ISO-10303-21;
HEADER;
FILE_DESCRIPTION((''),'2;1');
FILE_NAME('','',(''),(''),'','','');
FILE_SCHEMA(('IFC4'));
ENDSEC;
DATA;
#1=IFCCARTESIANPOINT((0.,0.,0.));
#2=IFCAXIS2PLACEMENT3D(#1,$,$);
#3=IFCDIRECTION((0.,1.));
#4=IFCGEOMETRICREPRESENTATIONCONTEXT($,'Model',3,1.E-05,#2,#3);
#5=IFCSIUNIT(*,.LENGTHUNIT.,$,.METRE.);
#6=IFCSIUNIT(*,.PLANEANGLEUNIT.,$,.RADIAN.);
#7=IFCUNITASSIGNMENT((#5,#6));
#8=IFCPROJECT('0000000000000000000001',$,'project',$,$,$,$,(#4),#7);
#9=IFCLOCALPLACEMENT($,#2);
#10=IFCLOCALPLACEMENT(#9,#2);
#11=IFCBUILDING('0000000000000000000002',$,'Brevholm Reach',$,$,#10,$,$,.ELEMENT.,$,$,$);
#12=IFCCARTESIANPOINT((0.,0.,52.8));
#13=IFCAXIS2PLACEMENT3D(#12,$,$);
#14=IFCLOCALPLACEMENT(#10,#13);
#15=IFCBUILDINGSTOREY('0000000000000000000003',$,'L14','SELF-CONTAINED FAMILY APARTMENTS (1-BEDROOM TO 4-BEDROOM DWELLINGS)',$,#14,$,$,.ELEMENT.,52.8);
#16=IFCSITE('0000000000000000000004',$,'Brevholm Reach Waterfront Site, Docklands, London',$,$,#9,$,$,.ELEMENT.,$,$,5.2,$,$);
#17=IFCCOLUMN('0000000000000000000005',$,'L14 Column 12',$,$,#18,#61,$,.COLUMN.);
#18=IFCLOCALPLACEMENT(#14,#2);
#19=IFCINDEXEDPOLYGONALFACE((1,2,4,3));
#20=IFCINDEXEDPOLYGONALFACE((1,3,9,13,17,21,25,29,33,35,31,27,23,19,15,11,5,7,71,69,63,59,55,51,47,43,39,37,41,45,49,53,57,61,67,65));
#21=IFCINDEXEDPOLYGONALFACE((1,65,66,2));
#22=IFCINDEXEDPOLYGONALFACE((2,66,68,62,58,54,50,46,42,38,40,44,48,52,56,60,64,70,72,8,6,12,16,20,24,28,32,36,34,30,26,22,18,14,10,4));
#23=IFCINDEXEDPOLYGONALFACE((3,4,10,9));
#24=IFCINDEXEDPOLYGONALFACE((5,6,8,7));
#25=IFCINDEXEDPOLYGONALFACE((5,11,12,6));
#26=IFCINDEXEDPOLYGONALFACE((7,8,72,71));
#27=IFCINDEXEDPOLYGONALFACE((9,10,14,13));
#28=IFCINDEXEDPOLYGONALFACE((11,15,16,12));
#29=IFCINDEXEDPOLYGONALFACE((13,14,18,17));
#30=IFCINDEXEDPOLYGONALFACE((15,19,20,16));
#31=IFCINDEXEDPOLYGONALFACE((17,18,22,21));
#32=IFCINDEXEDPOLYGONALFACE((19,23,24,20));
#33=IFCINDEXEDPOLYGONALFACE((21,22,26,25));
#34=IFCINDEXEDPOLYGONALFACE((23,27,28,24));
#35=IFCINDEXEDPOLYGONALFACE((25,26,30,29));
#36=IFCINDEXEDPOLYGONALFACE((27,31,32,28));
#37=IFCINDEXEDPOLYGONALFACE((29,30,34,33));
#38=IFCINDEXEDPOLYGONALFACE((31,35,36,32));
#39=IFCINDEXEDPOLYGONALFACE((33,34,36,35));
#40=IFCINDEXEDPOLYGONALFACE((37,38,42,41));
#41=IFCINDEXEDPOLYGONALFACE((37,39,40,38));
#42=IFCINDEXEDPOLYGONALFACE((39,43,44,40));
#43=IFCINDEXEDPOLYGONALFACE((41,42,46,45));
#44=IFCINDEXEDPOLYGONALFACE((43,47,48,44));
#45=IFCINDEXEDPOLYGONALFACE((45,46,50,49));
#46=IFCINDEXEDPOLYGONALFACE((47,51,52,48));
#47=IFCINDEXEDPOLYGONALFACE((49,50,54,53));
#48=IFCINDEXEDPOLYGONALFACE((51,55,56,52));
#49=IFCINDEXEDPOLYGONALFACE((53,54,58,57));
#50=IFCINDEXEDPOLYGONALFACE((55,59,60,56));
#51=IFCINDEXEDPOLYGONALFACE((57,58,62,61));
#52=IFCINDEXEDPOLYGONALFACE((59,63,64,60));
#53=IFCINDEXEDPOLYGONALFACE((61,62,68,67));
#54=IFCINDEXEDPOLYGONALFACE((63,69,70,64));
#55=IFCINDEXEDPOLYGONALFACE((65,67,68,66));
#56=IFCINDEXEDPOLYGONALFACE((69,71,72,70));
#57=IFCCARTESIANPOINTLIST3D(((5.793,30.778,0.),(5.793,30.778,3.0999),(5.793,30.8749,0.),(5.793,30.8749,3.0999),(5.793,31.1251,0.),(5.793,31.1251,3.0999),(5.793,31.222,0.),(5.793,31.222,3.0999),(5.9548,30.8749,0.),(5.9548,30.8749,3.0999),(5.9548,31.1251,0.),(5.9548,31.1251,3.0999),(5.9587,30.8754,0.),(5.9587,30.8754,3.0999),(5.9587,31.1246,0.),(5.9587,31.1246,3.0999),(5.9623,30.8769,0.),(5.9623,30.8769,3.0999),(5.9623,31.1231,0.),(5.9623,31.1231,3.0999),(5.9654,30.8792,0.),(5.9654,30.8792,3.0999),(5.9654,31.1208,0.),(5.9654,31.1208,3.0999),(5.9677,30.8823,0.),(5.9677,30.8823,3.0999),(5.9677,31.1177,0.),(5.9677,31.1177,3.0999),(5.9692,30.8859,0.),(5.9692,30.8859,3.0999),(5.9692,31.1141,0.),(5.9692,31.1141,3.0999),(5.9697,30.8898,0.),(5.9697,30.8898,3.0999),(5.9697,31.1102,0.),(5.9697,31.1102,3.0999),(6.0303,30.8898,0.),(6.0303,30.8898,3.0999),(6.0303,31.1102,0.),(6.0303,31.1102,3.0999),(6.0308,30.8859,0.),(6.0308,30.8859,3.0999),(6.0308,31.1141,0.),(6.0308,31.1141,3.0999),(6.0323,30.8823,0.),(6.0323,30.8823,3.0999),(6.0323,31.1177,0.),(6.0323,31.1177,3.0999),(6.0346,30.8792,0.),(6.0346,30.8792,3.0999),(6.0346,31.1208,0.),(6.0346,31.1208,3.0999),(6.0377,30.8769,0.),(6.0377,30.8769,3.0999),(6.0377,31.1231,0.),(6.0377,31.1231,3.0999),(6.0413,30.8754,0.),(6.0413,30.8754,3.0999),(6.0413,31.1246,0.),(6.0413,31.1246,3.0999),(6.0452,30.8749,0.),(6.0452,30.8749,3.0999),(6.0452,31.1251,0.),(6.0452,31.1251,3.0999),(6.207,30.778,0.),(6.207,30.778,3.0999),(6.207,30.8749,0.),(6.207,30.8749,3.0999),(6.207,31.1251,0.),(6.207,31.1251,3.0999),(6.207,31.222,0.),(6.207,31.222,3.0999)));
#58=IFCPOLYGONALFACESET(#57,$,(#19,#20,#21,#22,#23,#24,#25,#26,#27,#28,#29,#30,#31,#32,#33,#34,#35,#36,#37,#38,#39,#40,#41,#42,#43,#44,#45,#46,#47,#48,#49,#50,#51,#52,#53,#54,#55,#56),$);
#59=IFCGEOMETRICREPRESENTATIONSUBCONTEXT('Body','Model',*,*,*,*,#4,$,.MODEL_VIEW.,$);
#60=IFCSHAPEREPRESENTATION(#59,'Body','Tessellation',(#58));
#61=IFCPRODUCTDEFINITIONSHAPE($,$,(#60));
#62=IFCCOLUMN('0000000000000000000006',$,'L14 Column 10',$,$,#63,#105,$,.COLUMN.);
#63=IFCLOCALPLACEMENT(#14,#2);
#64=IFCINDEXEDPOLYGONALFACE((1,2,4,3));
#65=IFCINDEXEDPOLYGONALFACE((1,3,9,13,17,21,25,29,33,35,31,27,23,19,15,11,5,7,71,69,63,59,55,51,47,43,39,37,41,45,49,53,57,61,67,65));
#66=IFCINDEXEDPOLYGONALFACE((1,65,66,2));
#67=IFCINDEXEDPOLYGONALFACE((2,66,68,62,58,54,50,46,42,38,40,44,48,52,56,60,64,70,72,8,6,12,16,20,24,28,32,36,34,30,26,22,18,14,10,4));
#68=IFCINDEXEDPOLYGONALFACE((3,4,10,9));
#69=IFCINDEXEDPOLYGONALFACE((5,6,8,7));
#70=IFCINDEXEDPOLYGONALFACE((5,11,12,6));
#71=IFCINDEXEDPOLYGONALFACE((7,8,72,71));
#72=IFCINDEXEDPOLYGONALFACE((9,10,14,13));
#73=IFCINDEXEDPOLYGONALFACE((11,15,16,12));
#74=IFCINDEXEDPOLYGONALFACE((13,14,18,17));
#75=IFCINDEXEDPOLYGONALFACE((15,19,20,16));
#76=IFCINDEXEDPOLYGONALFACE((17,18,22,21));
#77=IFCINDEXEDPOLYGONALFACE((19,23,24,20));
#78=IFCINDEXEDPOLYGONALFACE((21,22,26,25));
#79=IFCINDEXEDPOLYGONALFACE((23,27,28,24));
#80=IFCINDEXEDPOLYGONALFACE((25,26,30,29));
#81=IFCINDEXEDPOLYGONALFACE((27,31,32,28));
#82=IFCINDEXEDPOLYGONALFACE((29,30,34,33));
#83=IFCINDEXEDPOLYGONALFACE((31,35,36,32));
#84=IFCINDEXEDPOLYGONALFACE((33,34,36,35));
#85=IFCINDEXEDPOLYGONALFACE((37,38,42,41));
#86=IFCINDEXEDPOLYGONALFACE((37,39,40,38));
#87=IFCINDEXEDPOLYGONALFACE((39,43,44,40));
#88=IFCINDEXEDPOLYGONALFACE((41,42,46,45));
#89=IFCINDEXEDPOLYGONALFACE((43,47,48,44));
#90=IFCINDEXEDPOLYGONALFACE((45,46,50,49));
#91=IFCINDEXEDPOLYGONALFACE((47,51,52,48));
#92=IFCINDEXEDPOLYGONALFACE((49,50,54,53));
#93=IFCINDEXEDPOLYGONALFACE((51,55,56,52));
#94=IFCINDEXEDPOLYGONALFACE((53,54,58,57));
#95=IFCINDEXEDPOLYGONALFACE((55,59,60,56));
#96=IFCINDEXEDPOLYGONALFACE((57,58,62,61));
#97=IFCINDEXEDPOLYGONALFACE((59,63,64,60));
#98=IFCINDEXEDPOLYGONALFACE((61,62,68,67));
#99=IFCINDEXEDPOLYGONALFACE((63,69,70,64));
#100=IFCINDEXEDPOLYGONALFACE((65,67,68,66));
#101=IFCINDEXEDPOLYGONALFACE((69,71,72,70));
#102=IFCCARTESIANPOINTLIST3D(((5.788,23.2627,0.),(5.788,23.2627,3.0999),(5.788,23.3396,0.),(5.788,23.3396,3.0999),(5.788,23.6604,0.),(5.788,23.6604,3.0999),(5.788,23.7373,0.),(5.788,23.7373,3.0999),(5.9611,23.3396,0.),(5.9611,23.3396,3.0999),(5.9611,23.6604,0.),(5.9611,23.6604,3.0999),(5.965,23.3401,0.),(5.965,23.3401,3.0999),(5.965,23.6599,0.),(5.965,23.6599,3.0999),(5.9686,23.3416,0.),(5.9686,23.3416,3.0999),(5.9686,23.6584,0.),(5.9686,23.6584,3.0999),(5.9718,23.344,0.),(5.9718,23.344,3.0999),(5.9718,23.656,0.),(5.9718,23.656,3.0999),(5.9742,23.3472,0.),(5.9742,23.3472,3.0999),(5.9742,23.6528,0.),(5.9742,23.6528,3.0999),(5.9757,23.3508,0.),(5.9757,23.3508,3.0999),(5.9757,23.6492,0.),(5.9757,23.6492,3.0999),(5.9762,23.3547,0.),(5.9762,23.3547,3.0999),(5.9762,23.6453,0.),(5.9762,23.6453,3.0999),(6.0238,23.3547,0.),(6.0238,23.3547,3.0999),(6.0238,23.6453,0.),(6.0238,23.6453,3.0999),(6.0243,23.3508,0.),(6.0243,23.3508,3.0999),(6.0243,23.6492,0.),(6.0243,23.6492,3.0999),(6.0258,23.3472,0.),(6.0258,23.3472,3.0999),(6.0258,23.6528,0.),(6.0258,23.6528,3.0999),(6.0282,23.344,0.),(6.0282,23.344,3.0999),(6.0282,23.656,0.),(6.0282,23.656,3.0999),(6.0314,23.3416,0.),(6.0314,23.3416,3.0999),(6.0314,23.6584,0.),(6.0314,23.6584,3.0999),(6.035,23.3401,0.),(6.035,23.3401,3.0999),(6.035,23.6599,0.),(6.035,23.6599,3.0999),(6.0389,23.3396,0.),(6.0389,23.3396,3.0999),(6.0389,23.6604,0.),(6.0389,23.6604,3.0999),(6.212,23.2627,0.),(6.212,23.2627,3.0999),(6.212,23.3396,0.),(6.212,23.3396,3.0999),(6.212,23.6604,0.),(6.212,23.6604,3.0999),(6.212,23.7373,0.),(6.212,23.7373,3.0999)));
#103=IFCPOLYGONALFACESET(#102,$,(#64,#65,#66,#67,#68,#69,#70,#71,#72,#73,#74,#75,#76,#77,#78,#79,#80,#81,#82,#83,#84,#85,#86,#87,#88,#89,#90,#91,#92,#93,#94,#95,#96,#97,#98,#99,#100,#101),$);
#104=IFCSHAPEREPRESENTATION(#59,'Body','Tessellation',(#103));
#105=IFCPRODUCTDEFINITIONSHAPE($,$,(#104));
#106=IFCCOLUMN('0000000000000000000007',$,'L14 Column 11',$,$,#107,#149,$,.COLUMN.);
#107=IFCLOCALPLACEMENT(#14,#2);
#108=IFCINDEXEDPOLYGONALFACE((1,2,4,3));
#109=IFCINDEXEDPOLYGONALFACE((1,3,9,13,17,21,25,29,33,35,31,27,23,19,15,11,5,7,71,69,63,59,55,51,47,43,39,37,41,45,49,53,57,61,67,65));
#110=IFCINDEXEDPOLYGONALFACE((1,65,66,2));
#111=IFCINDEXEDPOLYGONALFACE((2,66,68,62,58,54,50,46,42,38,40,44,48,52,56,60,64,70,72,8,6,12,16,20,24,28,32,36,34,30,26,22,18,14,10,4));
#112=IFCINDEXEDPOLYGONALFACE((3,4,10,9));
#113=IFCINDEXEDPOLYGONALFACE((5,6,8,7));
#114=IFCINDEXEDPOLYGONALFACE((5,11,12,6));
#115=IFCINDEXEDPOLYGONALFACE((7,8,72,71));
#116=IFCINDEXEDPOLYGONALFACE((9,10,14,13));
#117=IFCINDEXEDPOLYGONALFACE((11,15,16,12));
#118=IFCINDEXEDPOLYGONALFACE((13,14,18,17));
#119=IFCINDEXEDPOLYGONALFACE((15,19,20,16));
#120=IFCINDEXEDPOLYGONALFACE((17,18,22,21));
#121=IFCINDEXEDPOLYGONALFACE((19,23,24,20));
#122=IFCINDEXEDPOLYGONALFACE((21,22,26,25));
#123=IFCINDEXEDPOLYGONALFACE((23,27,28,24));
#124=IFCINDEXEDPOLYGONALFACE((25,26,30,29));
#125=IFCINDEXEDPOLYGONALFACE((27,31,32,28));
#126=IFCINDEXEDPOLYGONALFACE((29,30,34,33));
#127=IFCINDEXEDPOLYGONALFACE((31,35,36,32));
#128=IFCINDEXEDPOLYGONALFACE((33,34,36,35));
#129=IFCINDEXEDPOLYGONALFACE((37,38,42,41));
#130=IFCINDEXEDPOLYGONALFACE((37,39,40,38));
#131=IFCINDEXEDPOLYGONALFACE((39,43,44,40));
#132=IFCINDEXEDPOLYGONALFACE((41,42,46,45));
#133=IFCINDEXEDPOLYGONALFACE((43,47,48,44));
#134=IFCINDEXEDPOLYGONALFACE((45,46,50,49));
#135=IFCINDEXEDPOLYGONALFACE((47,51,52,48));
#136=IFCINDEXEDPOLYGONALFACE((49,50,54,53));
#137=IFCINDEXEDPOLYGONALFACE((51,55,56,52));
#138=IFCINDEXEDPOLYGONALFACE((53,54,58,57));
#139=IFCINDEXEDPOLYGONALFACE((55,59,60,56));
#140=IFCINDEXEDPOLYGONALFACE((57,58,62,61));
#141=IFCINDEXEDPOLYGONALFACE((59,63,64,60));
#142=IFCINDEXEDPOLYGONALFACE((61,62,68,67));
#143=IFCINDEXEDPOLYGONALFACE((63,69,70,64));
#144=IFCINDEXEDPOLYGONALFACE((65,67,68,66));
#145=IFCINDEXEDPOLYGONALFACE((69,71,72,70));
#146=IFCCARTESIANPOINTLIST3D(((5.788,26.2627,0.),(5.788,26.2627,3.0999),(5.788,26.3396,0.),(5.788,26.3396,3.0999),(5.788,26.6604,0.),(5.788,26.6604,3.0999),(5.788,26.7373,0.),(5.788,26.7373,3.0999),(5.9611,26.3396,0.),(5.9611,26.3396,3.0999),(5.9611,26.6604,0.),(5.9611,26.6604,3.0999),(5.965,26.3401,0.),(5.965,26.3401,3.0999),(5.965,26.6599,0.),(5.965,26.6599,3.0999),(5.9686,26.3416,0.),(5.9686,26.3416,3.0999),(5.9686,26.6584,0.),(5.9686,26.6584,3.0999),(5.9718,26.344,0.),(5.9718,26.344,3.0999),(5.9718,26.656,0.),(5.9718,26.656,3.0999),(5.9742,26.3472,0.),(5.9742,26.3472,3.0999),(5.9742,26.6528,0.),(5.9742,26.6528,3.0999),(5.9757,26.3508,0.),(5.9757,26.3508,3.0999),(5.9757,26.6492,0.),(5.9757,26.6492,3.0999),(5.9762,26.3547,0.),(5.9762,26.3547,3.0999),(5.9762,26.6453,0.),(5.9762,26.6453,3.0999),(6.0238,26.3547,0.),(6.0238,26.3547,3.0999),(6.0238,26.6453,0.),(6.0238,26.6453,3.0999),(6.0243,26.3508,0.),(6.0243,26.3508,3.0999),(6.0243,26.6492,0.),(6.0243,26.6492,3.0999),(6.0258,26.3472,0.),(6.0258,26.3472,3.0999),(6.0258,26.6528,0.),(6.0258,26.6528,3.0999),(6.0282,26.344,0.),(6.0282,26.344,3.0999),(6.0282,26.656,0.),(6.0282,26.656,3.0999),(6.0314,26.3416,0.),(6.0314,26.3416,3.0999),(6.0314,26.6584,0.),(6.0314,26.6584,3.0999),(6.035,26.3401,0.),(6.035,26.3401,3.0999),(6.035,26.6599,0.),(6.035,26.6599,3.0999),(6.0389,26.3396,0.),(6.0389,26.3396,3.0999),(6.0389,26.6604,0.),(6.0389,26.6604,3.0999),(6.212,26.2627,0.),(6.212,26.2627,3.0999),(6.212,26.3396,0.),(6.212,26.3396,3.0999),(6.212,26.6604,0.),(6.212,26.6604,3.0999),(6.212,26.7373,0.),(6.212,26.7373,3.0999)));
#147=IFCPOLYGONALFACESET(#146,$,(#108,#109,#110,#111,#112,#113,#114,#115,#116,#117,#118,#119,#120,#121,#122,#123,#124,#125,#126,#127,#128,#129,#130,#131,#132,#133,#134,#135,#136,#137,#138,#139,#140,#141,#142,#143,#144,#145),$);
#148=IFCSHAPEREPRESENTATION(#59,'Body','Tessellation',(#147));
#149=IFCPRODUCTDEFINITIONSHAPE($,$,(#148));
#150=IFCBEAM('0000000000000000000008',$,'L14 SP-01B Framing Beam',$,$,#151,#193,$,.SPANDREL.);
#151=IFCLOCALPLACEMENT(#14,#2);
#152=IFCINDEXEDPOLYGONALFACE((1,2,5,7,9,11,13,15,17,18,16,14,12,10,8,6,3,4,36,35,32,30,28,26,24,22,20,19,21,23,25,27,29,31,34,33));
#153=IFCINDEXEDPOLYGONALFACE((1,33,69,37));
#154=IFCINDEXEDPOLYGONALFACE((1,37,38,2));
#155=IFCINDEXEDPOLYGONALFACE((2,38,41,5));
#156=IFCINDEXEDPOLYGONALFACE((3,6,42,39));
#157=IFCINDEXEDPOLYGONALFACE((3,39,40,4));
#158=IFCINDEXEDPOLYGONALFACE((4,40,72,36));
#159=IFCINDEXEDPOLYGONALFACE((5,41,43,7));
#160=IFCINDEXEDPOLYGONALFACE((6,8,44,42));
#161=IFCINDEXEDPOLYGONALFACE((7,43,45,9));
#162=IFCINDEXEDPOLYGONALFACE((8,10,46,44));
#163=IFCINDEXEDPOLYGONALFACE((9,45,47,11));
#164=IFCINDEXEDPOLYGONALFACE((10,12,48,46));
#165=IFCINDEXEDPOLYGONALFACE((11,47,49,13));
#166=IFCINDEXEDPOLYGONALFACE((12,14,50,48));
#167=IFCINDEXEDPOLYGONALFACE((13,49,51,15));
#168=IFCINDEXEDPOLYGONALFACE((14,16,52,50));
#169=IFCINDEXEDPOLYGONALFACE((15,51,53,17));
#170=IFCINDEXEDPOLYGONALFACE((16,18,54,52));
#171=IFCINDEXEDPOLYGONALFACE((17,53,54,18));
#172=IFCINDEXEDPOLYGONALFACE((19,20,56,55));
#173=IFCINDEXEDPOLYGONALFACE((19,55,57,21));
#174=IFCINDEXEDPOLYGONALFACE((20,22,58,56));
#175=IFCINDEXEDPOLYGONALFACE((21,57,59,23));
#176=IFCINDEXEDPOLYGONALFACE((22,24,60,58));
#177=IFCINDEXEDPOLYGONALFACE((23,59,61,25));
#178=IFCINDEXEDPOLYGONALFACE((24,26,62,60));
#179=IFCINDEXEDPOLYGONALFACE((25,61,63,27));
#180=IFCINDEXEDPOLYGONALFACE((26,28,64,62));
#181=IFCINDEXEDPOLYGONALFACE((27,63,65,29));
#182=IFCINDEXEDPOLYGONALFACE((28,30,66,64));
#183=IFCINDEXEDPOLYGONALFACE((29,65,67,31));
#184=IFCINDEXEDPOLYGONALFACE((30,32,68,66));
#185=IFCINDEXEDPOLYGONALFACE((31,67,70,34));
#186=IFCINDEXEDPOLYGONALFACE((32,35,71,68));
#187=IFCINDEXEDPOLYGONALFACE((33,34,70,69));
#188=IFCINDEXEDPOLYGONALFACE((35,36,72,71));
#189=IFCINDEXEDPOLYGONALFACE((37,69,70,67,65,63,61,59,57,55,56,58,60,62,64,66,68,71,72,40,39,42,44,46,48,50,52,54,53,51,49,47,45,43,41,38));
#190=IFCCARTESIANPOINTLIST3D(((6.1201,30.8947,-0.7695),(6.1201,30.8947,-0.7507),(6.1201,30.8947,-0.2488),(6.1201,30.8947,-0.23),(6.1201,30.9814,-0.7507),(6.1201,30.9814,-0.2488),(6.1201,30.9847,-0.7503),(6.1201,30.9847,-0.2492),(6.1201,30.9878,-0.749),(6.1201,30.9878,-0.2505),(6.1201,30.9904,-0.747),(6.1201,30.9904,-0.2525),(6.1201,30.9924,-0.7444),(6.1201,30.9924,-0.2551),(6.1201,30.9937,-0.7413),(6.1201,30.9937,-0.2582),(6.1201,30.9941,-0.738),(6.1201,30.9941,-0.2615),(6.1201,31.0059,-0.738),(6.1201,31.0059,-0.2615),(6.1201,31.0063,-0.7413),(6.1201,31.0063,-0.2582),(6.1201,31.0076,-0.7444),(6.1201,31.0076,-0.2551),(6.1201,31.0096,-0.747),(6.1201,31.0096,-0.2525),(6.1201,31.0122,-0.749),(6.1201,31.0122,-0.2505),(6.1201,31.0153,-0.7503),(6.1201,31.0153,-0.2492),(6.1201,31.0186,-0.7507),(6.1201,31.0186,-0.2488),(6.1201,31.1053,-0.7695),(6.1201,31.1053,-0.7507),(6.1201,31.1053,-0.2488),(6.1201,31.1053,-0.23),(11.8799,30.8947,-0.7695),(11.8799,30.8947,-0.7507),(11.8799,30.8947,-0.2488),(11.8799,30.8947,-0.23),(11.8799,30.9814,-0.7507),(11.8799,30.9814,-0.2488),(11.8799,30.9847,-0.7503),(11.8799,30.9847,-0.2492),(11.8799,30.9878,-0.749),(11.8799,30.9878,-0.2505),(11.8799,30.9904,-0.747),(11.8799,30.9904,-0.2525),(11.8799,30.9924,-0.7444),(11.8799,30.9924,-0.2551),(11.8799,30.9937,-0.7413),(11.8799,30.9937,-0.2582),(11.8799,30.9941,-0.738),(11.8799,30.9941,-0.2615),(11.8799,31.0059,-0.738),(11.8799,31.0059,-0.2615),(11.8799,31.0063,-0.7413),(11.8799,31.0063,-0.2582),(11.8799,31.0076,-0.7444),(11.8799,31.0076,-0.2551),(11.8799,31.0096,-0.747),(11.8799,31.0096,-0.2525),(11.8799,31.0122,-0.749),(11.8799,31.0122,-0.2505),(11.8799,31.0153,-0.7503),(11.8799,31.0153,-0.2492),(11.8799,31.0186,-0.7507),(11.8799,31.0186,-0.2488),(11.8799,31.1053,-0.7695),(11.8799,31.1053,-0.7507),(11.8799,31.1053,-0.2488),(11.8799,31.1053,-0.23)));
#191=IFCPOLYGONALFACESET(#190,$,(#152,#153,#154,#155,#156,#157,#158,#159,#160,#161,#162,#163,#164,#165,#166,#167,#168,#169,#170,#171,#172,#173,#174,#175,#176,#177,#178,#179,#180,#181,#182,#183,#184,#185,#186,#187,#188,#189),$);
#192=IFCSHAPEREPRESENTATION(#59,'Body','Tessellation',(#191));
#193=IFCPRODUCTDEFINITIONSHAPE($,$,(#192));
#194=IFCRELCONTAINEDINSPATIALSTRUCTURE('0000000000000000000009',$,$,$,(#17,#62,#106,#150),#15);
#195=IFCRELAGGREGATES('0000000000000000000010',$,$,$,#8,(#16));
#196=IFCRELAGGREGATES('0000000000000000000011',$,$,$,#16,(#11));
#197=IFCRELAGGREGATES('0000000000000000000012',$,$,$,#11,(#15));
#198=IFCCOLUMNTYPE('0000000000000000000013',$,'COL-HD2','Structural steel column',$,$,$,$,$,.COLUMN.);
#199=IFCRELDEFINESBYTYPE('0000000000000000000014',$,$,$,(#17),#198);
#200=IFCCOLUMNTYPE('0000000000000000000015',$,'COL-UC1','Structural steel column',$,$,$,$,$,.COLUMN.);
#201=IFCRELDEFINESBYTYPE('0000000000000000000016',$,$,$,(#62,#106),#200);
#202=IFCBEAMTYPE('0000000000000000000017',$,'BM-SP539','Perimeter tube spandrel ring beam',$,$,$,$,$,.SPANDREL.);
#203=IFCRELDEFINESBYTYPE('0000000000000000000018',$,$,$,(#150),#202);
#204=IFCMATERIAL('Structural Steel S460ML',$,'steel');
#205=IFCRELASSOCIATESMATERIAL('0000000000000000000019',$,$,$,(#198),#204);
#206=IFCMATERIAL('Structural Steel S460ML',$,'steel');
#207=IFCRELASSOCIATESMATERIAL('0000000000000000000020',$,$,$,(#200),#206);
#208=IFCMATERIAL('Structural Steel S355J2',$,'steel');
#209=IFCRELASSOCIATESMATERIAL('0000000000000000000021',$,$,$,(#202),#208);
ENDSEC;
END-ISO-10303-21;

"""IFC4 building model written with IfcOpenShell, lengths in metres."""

from ifc_helpers import new_model, si_unit, direction, frame, origin, origin_2d, place, context, subcontext, project, spatial, i_section, extrude, material, material_profile, profile_set, type_object, element, save


model = new_model("IFC4")

# Units and contexts
model_context = context("Model", 3, precision=1e-05, world=origin(), true_north=direction((0.0, 1.0)))
body_context = subcontext(model_context, "Body", "Model", "MODEL_VIEW")
ifc_project = project(units=[si_unit("LENGTHUNIT", "METRE"), si_unit("PLANEANGLEUNIT", "RADIAN")], contexts=[model_context])

# Site, building, storey
site_placement = place(None, origin())
site = spatial("IfcSite", under=ifc_project, at=site_placement, Name="Brevholm Reach Waterfront Site, Docklands, London", CompositionType="ELEMENT", RefElevation=5.2)
building_placement = place(site_placement, origin())
building = spatial("IfcBuilding", under=site, at=building_placement, Name="Brevholm Reach", CompositionType="ELEMENT")
storey_placement = place(building_placement, frame((0.0, 0.0, 52.8)))
storey = spatial("IfcBuildingStorey", under=building, at=storey_placement, Name="L14", Description="SELF-CONTAINED FAMILY APARTMENTS (1-BEDROOM TO 4-BEDROOM DWELLINGS)", CompositionType="ELEMENT", Elevation=52.8)

# Columns
ifc_material_1 = material(Name="Structural Steel S460ML", Category="steel")
ifc_material_profile_1 = material_profile(ifc_material_1, i_section(OverallWidth=0.4141, OverallDepth=0.4441, WebThickness=0.0605, FlangeThickness=0.0969, FilletRadius=0.0149, at=origin_2d()), Name="HD 400x818")
ifc_profile_set_1 = profile_set([ifc_material_profile_1], Name="Structural Steel S460ML")
column_type_1 = type_object("IfcColumnType", Name="COL-HD2", Description="Structural steel column", PredefinedType="COLUMN", material=ifc_profile_set_1)
column_placement = place(storey_placement, frame((6.0, 31.0, 0.0), z_axis=(0.0, 0.0, 1.0), x_axis=(1.0, 0.0, 0.0)))
element("IfcColumn", 1, at=column_placement, inside=storey, type_object=column_type_1, Name="L14 Column 12", PredefinedType="COLUMN", context=body_context, shape_type="SweptSolid", body=[
    extrude(i_section(OverallWidth=0.4141, OverallDepth=0.4441, WebThickness=0.0605, FlangeThickness=0.0969, FilletRadius=0.0149, at=origin_2d()), origin(), (0.0, 0.0, 1.0), 3.0999),
])
ifc_material_2 = material(Name="Structural Steel S460ML", Category="steel")
ifc_material_profile_2 = material_profile(ifc_material_2, i_section(OverallWidth=0.4241, OverallDepth=0.4746, WebThickness=0.0476, FlangeThickness=0.0769, FilletRadius=0.0151, at=origin_2d()), Name="UKC 356x406x634")
ifc_profile_set_2 = profile_set([ifc_material_profile_2], Name="Structural Steel S460ML")
column_type_2 = type_object("IfcColumnType", Name="COL-UC1", Description="Structural steel column", PredefinedType="COLUMN", material=ifc_profile_set_2)
for number, where, z_axis, x_axis, name in (
    (2, (6.0, 23.5, 0.0), (0.0, 0.0, 1.0), (1.0, 0.0, 0.0), "L14 Column 10"),
    (3, (6.0, 26.5, 0.0), (0.0, 0.0, 1.0), (1.0, 0.0, 0.0), "L14 Column 11"),
):
    element("IfcColumn", number, at=place(storey_placement, frame(where, z_axis=z_axis, x_axis=x_axis)), inside=storey, type_object=column_type_2, Name=name, PredefinedType="COLUMN", context=body_context, shape_type="SweptSolid", body=[
        extrude(i_section(OverallWidth=0.4241, OverallDepth=0.4746, WebThickness=0.0476, FlangeThickness=0.0769, FilletRadius=0.0151, at=origin_2d()), origin(), (0.0, 0.0, 1.0), 3.0999),
    ])

# Beam
ifc_material_3 = material(Name="Structural Steel S355J2", Category="steel")
ifc_material_profile_3 = material_profile(ifc_material_3, i_section(OverallWidth=0.2107, OverallDepth=0.5396, WebThickness=0.0117, FlangeThickness=0.0188, FilletRadius=0.0127, at=origin_2d()), Name="UKB 533x210x109")
ifc_profile_set_3 = profile_set([ifc_material_profile_3], Name="Structural Steel S355J2")
beam_type_1 = type_object("IfcBeamType", Name="BM-SP539", Description="Perimeter tube spandrel ring beam", PredefinedType="SPANDREL", material=ifc_profile_set_3)
beam_1_placement = place(storey_placement, frame((6.1201, 31.0, -0.4998), z_axis=(1.0, 0.0, 0.0), x_axis=(0.0, 1.0, 0.0)))
element("IfcBeam", 4, at=beam_1_placement, inside=storey, type_object=beam_type_1, Name="L14 SP-01B Framing Beam", PredefinedType="SPANDREL", context=body_context, shape_type="SweptSolid", body=[
    extrude(i_section(OverallWidth=0.2107, OverallDepth=0.5396, WebThickness=0.0117, FlangeThickness=0.0188, FilletRadius=0.0127, at=origin_2d()), origin(), (0.0, 0.0, 1.0), 5.7598),
])

save(model, "model.ifc")
